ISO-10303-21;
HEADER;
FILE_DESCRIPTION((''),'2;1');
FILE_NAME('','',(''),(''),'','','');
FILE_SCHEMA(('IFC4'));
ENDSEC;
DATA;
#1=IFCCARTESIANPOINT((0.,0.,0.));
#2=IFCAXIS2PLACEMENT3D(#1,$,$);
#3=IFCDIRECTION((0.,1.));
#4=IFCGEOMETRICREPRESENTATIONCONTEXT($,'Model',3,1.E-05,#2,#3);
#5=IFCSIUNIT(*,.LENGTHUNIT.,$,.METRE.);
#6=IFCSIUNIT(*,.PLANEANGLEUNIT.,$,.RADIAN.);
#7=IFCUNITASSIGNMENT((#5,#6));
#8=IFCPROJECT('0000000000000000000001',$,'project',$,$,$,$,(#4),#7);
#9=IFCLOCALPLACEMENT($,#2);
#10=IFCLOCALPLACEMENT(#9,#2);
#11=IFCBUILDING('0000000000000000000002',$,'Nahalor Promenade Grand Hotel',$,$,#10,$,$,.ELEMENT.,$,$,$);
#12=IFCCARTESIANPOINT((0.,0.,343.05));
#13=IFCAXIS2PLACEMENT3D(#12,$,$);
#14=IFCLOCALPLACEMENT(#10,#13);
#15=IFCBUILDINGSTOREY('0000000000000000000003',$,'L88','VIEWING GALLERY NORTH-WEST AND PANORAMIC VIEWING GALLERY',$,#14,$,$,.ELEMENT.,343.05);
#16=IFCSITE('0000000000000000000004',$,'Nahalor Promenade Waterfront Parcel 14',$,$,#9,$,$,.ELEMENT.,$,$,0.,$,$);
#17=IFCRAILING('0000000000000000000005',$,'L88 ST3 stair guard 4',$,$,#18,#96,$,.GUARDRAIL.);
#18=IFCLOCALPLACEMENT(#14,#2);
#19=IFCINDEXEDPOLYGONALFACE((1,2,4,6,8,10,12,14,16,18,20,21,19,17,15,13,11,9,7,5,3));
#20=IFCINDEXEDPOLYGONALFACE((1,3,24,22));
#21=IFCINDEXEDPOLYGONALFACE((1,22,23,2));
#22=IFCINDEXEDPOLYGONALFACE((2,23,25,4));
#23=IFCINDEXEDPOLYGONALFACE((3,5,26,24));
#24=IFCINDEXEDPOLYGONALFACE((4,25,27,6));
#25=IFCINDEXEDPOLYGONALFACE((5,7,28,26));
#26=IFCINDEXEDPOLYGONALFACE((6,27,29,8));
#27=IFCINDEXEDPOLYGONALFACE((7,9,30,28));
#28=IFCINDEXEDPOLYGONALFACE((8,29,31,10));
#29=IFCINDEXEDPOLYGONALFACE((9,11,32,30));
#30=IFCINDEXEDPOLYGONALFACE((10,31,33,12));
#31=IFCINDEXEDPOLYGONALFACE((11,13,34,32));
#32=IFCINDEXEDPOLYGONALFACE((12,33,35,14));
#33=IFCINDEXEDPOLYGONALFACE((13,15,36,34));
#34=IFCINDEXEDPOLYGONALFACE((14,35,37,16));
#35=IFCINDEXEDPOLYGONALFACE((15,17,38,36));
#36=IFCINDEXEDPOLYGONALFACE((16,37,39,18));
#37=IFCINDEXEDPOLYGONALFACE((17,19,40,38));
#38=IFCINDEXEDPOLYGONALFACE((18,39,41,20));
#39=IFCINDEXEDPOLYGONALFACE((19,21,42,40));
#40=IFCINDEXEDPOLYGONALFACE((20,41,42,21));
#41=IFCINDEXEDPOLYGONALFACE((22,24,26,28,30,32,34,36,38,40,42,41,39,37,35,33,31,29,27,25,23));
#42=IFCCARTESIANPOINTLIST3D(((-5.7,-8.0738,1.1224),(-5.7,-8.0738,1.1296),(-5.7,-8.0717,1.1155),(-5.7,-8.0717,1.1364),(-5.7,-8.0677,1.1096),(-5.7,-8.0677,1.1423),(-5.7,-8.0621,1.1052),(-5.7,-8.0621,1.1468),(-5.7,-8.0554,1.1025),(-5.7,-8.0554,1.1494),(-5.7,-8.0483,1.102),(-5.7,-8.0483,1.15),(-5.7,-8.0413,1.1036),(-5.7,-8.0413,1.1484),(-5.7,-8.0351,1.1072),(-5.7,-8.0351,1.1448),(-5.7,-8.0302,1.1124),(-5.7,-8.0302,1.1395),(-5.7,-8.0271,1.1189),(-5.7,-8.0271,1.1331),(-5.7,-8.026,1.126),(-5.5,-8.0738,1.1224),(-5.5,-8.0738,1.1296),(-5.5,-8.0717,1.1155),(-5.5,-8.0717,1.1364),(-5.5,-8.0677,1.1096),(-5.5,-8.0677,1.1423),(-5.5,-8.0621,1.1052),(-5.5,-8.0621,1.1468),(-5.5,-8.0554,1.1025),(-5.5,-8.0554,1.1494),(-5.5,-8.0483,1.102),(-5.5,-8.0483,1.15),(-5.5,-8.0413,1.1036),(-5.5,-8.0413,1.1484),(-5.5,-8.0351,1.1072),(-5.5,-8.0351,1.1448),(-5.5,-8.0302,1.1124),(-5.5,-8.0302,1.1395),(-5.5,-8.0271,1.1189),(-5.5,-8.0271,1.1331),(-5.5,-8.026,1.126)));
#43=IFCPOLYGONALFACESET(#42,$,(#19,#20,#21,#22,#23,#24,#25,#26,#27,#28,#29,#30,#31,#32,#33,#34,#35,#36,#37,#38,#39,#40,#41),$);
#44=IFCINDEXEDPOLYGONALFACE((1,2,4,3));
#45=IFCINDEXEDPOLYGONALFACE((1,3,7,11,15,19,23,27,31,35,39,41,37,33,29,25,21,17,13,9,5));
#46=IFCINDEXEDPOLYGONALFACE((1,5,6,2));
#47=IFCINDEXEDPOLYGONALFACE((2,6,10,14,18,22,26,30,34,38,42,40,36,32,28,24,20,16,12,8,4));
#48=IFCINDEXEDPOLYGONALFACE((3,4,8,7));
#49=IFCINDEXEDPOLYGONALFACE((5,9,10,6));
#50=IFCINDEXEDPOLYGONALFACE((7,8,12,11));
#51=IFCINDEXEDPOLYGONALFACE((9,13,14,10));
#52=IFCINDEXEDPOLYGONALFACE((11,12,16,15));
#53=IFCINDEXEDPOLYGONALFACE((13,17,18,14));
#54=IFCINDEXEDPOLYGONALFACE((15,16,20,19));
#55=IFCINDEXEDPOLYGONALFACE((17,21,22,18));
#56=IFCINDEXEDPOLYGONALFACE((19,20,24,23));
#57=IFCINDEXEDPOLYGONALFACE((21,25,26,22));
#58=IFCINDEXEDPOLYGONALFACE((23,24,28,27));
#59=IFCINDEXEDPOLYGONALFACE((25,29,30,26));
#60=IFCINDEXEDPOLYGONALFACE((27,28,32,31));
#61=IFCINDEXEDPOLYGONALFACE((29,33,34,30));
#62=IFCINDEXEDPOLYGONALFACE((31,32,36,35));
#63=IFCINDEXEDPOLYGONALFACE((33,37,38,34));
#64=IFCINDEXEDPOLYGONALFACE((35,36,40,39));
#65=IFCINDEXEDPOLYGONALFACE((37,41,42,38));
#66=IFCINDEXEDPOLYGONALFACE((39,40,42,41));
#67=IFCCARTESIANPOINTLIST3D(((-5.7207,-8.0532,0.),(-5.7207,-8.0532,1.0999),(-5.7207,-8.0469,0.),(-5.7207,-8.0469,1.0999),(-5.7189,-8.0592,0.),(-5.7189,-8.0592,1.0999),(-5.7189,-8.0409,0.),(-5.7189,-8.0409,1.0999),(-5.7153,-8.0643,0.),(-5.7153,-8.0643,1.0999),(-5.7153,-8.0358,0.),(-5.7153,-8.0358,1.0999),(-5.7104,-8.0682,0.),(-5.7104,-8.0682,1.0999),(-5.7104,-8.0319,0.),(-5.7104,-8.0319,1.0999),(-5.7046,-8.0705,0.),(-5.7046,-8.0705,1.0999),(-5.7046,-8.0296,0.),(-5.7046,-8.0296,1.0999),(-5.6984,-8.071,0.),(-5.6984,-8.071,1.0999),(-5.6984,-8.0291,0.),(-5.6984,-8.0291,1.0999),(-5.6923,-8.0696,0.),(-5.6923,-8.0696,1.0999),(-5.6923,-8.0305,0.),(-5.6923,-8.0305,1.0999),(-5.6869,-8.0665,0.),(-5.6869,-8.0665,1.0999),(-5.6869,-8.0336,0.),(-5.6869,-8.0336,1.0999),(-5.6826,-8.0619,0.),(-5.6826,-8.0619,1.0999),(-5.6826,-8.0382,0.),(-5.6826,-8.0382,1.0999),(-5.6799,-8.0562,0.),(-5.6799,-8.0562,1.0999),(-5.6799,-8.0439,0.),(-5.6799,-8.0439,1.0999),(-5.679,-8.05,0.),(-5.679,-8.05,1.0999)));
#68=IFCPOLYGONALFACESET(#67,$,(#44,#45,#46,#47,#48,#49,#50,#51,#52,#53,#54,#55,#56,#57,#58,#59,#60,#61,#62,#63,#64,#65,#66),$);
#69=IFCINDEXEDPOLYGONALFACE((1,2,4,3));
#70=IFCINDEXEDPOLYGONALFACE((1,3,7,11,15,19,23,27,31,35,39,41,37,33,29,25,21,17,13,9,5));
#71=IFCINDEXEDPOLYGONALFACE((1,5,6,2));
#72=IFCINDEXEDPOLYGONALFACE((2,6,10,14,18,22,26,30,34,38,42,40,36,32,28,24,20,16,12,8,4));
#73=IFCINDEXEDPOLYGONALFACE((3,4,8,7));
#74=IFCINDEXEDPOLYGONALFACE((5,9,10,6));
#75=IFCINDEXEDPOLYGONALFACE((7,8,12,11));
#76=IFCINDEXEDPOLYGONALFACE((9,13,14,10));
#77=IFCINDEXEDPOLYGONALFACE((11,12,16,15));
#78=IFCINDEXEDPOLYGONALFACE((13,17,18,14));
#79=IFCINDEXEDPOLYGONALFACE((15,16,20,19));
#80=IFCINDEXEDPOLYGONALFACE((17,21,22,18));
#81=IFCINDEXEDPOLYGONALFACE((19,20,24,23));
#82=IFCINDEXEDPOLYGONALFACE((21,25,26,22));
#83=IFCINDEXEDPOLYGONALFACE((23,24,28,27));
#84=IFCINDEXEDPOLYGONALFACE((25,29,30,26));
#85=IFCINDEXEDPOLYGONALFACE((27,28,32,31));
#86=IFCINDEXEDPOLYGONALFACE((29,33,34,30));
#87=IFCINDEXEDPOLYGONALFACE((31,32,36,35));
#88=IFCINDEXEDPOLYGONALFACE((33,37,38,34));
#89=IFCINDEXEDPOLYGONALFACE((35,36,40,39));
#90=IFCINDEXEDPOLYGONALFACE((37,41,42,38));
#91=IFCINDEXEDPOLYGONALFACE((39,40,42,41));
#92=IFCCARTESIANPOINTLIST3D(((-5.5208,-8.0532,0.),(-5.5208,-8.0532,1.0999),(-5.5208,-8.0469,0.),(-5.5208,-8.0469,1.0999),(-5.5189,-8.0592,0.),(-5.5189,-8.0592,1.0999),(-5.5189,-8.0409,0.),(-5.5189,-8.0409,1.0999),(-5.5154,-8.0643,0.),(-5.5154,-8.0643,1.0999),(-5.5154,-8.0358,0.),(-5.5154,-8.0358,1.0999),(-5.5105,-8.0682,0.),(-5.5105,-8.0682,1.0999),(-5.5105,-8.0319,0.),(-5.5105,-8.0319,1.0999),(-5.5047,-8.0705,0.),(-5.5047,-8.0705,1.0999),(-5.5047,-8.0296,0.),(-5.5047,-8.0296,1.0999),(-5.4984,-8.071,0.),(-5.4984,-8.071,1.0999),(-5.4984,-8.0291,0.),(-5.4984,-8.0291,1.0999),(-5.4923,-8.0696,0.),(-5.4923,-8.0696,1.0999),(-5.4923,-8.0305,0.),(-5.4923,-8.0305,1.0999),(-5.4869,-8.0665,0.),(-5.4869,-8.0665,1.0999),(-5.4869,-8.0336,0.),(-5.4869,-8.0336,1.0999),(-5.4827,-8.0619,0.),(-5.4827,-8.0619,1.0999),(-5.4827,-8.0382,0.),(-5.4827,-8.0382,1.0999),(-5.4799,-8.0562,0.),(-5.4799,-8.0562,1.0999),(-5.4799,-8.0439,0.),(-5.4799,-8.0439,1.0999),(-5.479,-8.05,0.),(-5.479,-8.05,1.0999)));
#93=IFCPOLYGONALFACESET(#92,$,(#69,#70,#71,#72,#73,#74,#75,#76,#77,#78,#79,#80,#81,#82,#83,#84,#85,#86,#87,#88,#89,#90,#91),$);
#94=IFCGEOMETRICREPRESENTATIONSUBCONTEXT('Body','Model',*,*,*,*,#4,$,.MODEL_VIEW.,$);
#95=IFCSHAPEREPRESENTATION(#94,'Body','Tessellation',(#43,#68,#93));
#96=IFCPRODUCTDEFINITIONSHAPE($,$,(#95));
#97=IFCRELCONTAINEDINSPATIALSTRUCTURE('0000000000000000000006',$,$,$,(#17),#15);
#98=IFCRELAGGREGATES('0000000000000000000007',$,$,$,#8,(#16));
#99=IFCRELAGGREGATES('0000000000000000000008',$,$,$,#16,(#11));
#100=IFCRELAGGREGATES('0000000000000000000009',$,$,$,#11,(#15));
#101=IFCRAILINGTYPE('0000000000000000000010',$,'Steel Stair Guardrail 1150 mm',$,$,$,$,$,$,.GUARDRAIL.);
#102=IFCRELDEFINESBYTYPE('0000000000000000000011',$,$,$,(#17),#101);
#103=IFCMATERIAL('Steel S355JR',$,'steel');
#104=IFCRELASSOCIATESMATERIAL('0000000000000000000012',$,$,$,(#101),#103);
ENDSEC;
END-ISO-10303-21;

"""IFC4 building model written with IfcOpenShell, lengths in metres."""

from ifc_helpers import new_model, si_unit, direction, frame, origin, origin_2d, place, context, subcontext, project, spatial, circle, extrude, material, type_object, element, save


model = new_model("IFC4")

# Units and contexts
model_context = context("Model", 3, precision=1e-05, world=origin(), true_north=direction((0.0, 1.0)))
body_context = subcontext(model_context, "Body", "Model", "MODEL_VIEW")
ifc_project = project(units=[si_unit("LENGTHUNIT", "METRE"), si_unit("PLANEANGLEUNIT", "RADIAN")], contexts=[model_context])

# Site, building, storey
site_placement = place(None, origin())
site = spatial("IfcSite", under=ifc_project, at=site_placement, Name="Nahalor Promenade Waterfront Parcel 14", CompositionType="ELEMENT", RefElevation=0.0)
building_placement = place(site_placement, origin())
building = spatial("IfcBuilding", under=site, at=building_placement, Name="Nahalor Promenade Grand Hotel", CompositionType="ELEMENT")
storey_placement = place(building_placement, frame((0.0, 0.0, 343.05)))
storey = spatial("IfcBuildingStorey", under=building, at=storey_placement, Name="L88", Description="VIEWING GALLERY NORTH-WEST AND PANORAMIC VIEWING GALLERY", CompositionType="ELEMENT", Elevation=343.05)

# Shared definitions
ifc_material_1 = material(Name="Steel S355JR", Category="steel")

# Railing
railing_type_1 = type_object("IfcRailingType", Name="Steel Stair Guardrail 1150 mm", PredefinedType="GUARDRAIL", material=ifc_material_1)
railing_1_placement = place(storey_placement, frame((-5.7, -8.05, 0.0)))
element("IfcRailing", 1, at=railing_1_placement, inside=storey, type_object=railing_type_1, Name="L88 ST3 stair guard 4", PredefinedType="GUARDRAIL", context=body_context, shape_type="SweptSolid", body=[
    extrude(circle(Radius=0.024, at=origin_2d()), frame((0.0, 0.0, 1.126), z_axis=(1.0, 0.0, 0.0), x_axis=(0.0, 1.0, 0.0)), (0.0, 0.0, 1.0), 0.2),
    extrude(circle(Radius=0.021, at=origin_2d()), origin(), (0.0, 0.0, 1.0), 1.0999),
    extrude(circle(Radius=0.021, at=origin_2d()), frame((0.2, 0.0, 0.0)), (0.0, 0.0, 1.0), 1.0999),
])

save(model, "model.ifc")
